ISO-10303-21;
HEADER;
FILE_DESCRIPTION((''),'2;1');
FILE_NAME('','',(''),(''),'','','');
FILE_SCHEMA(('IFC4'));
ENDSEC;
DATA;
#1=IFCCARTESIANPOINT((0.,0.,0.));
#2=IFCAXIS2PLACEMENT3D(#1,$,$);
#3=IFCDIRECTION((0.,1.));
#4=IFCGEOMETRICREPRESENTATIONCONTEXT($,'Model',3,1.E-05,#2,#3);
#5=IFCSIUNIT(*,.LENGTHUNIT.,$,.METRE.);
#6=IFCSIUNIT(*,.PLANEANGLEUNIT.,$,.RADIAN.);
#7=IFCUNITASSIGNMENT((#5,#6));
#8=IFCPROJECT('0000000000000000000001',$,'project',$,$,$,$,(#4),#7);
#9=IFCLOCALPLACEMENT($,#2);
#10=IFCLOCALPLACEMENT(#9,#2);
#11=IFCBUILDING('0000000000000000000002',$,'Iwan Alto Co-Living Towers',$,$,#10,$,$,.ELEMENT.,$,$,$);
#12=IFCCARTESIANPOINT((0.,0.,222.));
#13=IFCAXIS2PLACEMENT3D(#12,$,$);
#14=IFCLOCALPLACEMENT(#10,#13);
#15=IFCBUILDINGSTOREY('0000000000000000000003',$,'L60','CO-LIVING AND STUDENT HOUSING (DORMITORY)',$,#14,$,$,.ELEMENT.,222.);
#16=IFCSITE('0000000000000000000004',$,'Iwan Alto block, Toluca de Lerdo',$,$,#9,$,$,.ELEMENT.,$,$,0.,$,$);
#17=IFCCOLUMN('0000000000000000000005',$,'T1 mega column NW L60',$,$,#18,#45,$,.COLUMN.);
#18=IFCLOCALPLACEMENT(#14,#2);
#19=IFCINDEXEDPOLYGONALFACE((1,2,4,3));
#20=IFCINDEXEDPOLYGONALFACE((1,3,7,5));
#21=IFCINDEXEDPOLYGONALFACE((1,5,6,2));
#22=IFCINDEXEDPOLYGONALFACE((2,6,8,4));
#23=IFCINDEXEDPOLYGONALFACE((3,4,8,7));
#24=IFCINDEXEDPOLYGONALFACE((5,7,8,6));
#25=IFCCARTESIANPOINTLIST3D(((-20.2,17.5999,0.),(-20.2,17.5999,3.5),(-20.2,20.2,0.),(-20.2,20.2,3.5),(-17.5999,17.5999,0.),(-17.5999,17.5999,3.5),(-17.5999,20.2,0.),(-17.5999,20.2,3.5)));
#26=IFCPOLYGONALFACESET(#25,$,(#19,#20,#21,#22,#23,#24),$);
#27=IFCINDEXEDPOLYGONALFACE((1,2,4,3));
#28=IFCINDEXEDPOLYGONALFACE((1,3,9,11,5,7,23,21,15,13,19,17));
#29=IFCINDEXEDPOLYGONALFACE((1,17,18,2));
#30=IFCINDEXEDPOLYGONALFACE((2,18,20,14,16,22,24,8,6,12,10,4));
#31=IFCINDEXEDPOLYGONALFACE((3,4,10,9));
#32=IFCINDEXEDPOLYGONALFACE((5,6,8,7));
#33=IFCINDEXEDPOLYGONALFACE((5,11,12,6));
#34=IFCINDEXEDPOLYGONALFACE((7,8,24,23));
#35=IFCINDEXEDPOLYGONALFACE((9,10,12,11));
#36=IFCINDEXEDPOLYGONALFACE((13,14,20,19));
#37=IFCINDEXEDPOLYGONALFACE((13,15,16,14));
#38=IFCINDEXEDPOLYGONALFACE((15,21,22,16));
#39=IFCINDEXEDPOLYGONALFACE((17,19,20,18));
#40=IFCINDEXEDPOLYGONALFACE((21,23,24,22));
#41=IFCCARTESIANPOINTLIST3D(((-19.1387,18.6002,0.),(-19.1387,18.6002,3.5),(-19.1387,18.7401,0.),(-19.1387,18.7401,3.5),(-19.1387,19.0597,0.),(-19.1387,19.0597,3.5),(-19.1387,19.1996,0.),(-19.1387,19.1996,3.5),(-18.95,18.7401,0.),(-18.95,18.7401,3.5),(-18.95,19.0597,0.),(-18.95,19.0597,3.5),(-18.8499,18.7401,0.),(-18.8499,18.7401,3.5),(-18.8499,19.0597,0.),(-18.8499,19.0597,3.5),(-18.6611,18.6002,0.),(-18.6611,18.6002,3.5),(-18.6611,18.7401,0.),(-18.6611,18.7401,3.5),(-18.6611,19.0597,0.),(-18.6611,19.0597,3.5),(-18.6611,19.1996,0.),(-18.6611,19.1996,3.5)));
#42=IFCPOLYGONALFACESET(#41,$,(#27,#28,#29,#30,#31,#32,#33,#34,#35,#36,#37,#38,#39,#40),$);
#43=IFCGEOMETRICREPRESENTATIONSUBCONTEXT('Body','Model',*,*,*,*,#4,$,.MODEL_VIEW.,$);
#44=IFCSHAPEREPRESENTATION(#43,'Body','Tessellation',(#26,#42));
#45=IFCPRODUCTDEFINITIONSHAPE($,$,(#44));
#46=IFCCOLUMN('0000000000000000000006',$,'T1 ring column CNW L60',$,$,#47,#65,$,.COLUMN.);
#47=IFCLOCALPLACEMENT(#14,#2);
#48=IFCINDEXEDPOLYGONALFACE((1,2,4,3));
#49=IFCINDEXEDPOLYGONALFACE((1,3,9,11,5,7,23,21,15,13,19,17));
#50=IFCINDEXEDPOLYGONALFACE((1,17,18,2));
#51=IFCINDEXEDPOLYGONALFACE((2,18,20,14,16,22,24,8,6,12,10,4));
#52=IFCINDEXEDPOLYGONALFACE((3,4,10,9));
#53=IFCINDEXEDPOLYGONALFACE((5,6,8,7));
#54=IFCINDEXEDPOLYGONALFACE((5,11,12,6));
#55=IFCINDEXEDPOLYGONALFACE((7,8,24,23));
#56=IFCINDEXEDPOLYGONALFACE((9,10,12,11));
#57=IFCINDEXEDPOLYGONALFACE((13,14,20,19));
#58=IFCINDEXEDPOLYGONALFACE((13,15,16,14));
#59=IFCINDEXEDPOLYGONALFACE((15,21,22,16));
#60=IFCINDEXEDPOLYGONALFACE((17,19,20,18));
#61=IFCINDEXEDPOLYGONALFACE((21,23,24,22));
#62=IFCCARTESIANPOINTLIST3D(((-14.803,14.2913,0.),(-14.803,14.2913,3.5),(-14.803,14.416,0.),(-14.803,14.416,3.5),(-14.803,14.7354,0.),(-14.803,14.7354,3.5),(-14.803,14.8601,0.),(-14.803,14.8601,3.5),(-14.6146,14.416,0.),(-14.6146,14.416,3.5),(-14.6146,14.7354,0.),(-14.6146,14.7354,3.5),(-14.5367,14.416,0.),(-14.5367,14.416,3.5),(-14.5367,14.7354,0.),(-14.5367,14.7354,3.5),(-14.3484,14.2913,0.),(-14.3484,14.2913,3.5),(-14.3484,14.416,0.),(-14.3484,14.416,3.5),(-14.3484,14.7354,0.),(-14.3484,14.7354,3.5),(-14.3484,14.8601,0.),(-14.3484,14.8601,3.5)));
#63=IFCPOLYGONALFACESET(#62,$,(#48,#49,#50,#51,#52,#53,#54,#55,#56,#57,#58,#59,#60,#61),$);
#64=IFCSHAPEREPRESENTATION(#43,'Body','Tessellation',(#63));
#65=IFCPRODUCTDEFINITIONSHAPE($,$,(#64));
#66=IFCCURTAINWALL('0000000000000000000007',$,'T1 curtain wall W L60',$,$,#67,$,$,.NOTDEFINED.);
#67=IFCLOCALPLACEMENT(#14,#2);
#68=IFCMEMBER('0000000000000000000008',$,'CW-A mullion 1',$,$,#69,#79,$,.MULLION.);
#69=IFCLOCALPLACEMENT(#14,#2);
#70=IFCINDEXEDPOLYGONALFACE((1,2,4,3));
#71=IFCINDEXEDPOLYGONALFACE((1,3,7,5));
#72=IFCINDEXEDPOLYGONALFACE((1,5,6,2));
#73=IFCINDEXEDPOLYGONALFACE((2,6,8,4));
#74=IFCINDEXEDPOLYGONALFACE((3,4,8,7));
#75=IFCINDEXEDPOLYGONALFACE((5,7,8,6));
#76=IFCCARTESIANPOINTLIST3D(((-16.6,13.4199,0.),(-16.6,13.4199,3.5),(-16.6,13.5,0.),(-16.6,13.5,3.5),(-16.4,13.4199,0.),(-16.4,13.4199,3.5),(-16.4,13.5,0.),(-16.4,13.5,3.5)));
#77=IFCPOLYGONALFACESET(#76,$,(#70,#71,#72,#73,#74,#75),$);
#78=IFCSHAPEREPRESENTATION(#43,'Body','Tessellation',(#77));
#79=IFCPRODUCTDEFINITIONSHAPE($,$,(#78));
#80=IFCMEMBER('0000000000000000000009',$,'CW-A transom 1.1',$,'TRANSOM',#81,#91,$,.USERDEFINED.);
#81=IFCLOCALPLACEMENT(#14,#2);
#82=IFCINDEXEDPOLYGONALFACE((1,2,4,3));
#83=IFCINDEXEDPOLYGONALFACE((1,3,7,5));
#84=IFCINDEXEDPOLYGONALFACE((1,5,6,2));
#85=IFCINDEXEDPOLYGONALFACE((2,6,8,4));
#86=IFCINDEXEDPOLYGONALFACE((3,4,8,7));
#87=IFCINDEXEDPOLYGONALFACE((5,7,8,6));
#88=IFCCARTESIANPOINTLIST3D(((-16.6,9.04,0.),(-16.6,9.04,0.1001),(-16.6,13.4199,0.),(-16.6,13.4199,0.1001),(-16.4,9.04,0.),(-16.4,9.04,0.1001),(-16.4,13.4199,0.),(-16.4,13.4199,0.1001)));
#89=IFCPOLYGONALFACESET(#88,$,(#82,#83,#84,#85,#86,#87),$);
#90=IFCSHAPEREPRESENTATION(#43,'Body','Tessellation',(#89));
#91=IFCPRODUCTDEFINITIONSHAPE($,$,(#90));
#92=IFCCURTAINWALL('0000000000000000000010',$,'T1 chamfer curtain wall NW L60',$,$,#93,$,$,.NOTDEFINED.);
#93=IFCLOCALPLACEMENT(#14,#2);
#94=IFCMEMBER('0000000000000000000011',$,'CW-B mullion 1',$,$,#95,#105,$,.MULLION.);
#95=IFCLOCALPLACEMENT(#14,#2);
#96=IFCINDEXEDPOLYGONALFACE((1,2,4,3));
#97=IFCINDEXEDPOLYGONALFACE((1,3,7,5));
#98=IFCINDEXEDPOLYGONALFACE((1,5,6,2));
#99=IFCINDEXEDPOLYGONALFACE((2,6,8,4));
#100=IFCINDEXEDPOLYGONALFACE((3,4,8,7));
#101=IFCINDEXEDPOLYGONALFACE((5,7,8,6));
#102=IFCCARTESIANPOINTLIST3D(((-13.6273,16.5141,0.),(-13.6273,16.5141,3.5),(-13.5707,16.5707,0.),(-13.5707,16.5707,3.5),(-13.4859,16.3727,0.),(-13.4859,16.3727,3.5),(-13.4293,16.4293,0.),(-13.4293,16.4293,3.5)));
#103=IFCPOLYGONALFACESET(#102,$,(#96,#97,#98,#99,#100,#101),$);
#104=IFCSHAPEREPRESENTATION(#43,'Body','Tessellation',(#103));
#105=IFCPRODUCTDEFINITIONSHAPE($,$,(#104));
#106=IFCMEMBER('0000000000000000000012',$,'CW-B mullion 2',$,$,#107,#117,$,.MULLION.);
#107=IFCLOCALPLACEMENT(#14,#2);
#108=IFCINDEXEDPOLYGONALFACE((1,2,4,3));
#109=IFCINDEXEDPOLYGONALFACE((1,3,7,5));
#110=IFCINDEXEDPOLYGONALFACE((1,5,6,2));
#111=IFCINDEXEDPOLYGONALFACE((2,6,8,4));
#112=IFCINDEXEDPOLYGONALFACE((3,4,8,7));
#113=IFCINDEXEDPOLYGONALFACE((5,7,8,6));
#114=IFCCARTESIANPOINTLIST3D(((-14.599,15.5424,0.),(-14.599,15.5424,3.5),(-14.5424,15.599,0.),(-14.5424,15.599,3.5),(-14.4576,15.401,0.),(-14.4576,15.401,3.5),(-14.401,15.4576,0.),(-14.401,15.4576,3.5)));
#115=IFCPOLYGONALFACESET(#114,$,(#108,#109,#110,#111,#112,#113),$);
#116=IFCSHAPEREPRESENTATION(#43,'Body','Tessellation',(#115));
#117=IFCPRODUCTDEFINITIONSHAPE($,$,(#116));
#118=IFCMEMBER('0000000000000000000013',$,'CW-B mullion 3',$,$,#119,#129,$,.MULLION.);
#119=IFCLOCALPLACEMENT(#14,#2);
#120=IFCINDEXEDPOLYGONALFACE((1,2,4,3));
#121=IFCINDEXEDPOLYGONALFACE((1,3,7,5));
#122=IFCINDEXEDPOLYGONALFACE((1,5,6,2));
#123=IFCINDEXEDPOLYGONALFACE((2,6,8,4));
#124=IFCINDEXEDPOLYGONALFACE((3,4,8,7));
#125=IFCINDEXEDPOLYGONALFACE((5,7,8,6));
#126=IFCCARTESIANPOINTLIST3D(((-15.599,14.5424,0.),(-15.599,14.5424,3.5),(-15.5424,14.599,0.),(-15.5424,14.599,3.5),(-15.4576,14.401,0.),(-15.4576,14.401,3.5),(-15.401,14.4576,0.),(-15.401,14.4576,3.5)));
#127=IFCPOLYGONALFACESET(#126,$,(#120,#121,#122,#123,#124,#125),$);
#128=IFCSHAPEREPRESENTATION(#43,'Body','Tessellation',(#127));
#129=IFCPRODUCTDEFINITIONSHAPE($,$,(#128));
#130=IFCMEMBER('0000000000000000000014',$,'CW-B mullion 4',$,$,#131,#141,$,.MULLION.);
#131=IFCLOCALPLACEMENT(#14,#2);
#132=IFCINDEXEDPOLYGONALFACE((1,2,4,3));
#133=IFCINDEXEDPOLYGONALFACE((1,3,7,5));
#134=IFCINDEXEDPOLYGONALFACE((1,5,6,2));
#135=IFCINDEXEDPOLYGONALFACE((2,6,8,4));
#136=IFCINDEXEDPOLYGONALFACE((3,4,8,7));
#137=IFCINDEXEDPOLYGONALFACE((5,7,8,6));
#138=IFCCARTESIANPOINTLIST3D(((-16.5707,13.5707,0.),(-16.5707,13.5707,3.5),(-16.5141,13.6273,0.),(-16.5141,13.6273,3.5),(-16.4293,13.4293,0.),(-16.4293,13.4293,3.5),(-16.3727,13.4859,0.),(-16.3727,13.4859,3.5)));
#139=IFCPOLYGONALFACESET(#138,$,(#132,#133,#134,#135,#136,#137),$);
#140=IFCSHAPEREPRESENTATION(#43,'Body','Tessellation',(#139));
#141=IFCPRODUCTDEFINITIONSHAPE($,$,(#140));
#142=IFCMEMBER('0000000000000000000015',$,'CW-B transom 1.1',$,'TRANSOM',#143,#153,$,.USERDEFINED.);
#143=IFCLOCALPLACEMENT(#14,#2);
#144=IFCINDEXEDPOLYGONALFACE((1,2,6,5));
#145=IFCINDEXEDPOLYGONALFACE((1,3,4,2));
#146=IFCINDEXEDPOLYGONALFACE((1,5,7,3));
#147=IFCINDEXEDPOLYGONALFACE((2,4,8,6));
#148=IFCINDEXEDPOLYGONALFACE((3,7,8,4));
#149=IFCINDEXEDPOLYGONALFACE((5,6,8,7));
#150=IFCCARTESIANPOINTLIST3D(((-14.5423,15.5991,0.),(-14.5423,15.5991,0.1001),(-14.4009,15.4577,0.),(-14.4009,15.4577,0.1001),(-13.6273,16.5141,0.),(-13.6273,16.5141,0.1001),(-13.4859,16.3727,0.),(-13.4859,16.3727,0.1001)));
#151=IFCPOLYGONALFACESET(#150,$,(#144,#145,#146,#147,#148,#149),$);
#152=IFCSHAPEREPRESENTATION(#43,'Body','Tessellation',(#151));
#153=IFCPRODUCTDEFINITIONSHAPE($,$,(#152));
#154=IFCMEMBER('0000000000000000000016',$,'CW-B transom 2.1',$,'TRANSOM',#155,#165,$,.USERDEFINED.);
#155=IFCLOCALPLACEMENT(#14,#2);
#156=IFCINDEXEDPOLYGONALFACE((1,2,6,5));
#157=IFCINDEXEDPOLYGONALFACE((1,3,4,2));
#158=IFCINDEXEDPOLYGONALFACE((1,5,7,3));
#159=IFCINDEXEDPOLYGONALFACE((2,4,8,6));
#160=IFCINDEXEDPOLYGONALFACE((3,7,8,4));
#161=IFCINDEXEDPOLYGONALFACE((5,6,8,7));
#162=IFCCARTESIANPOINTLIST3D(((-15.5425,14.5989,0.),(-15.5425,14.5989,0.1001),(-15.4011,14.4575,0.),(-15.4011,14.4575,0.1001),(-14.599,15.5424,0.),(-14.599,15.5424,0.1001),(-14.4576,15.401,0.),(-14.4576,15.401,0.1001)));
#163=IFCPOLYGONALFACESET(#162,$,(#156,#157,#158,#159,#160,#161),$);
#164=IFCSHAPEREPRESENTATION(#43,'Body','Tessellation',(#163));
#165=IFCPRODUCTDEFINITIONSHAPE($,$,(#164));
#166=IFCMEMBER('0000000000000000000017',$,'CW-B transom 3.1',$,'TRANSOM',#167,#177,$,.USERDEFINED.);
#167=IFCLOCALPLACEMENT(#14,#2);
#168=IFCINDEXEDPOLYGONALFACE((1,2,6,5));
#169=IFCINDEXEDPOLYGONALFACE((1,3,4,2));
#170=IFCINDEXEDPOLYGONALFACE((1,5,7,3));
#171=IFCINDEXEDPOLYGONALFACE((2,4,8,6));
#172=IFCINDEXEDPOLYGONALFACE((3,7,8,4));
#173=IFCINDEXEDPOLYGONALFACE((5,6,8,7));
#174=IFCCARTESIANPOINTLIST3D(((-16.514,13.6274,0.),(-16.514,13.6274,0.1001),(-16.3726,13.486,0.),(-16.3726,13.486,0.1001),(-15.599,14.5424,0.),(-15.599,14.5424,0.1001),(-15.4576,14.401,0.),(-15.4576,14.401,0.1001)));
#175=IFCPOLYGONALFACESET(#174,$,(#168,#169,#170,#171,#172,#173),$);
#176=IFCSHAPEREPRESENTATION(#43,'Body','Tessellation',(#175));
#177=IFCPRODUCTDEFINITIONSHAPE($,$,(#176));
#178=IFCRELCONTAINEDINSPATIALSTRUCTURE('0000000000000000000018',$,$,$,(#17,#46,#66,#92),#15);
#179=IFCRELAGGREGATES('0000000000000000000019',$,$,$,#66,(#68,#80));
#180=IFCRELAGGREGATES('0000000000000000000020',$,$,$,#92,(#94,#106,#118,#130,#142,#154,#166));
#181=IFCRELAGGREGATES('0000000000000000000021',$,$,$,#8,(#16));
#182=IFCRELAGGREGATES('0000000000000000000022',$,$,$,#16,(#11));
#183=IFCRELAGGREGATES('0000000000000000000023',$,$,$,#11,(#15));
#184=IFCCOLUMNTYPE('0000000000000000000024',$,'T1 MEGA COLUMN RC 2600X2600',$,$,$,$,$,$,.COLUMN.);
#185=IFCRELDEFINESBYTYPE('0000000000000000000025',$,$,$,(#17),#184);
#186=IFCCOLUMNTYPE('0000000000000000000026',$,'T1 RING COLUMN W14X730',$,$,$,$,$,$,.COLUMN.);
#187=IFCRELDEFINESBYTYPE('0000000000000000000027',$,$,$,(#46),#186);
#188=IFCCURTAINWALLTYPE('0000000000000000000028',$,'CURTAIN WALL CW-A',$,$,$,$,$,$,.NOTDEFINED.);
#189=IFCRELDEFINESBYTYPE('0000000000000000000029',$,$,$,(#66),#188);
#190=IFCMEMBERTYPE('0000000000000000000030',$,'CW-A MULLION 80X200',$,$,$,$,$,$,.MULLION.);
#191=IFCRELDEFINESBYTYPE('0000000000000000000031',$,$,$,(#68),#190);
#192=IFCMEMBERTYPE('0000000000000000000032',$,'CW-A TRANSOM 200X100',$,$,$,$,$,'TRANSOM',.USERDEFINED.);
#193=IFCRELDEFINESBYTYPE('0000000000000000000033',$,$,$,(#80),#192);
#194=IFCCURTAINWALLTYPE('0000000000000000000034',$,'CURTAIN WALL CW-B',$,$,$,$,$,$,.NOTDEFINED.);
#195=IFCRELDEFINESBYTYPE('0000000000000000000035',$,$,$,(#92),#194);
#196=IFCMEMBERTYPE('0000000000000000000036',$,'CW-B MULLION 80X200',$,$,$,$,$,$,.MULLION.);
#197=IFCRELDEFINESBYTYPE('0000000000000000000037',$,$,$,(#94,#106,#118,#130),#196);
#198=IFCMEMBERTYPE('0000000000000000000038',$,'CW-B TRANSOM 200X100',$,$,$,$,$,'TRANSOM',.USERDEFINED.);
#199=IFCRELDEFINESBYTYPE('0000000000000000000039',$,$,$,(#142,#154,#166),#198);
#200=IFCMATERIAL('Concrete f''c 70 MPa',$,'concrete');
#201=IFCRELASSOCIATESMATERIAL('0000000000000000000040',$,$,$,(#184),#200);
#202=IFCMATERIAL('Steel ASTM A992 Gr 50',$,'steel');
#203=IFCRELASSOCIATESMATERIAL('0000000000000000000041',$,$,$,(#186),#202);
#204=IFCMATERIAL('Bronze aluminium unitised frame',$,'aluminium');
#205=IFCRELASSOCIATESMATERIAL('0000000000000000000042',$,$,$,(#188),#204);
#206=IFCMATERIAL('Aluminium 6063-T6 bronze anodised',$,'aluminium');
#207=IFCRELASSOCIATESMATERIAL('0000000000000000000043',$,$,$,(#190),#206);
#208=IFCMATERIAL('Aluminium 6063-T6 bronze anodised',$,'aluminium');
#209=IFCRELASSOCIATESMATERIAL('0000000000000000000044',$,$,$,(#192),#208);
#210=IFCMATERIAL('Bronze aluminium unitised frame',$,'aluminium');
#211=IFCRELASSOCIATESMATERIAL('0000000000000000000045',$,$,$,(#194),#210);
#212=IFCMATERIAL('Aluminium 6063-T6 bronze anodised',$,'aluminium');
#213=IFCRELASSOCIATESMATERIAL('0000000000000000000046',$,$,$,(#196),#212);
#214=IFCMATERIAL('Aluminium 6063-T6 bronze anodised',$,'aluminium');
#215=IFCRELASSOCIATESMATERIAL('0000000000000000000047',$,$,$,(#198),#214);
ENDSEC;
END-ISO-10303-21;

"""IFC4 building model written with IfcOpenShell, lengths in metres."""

from ifc_helpers import new_model, si_unit, direction, frame, origin, origin_2d, place, context, subcontext, project, spatial, rectangle, i_section, extrude, material, material_profile, profile_set, type_object, element, aggregate, save


model = new_model("IFC4")

# Units and contexts
model_context = context("Model", 3, precision=1e-05, world=origin(), true_north=direction((0.0, 1.0)))
body_context = subcontext(model_context, "Body", "Model", "MODEL_VIEW")
ifc_project = project(units=[si_unit("LENGTHUNIT", "METRE"), si_unit("PLANEANGLEUNIT", "RADIAN")], contexts=[model_context])

# Site, building, storey
site_placement = place(None, origin())
site = spatial("IfcSite", under=ifc_project, at=site_placement, Name="Iwan Alto block, Toluca de Lerdo", CompositionType="ELEMENT", RefElevation=0.0)
building_placement = place(site_placement, origin())
building = spatial("IfcBuilding", under=site, at=building_placement, Name="Iwan Alto Co-Living Towers", CompositionType="ELEMENT")
storey_placement = place(building_placement, frame((0.0, 0.0, 222.0)))
storey = spatial("IfcBuildingStorey", under=building, at=storey_placement, Name="L60", Description="CO-LIVING AND STUDENT HOUSING (DORMITORY)", CompositionType="ELEMENT", Elevation=222.0)

# Columns
ifc_material_1 = material(Name="Concrete f'c 70 MPa", Category="concrete")
ifc_material_profile_1 = material_profile(ifc_material_1, rectangle(XDim=2.6001, YDim=2.6001, at=origin_2d()), Name="RC 2600X2600")
ifc_profile_set_1 = profile_set([ifc_material_profile_1], Name="Concrete f'c 70 MPa")
column_type_1 = type_object("IfcColumnType", Name="T1 MEGA COLUMN RC 2600X2600", PredefinedType="COLUMN", material=ifc_profile_set_1)
column_1_placement = place(storey_placement, frame((-18.8999, 18.8999, 0.0), z_axis=(0.0, 0.0, 1.0), x_axis=(1.0, 0.0, 0.0)))
element("IfcColumn", 1, at=column_1_placement, inside=storey, type_object=column_type_1, Name="T1 mega column NW L60", PredefinedType="COLUMN", context=body_context, shape_type="SweptSolid", body=[
    extrude(rectangle(XDim=2.6001, YDim=2.6001, at=origin_2d()), origin(), (0.0, 0.0, 1.0), 3.5),
    extrude(i_section(OverallWidth=0.4775, OverallDepth=0.5994, WebThickness=0.1001, FlangeThickness=0.1399, at=origin_2d()), origin(), (0.0, 0.0, 1.0), 3.5),
])
ifc_material_2 = material(Name="Steel ASTM A992 Gr 50", Category="steel")
ifc_material_profile_2 = material_profile(ifc_material_2, i_section(OverallWidth=0.4546, OverallDepth=0.5688, WebThickness=0.0779, FlangeThickness=0.1248, at=origin_2d()), Name="W14X730")
ifc_profile_set_2 = profile_set([ifc_material_profile_2], Name="Steel ASTM A992 Gr 50")
column_type_2 = type_object("IfcColumnType", Name="T1 RING COLUMN W14X730", PredefinedType="COLUMN", material=ifc_profile_set_2)
column_2_placement = place(storey_placement, frame((-14.5757, 14.5757, 0.0), z_axis=(0.0, 0.0, 1.0), x_axis=(1.0, 0.0, 0.0)))
element("IfcColumn", 2, at=column_2_placement, inside=storey, type_object=column_type_2, Name="T1 ring column CNW L60", PredefinedType="COLUMN", context=body_context, shape_type="SweptSolid", body=[
    extrude(i_section(OverallWidth=0.4546, OverallDepth=0.5688, WebThickness=0.0779, FlangeThickness=0.1248, at=origin_2d()), origin(), (0.0, 0.0, 1.0), 3.5),
])

# Curtain walls, members
ifc_material_3 = material(Name="Bronze aluminium unitised frame", Category="aluminium")
curtain_wall_type_1 = type_object("IfcCurtainWallType", Name="CURTAIN WALL CW-A", PredefinedType="NOTDEFINED", material=ifc_material_3)
curtain_wall_1_placement = place(storey_placement, origin())
curtain_wall_1 = element("IfcCurtainWall", 3, at=curtain_wall_1_placement, inside=storey, type_object=curtain_wall_type_1, Name="T1 curtain wall W L60", PredefinedType="NOTDEFINED")
ifc_material_4 = material(Name="Aluminium 6063-T6 bronze anodised", Category="aluminium")
ifc_material_profile_3 = material_profile(ifc_material_4, rectangle(XDim=0.2, YDim=0.0801, at=origin_2d()), Name="AL 80X200")
ifc_profile_set_3 = profile_set([ifc_material_profile_3], Name="Aluminium 6063-T6 bronze anodised")
member_type_1 = type_object("IfcMemberType", Name="CW-A MULLION 80X200", PredefinedType="MULLION", material=ifc_profile_set_3)
member_1_placement = place(storey_placement, frame((-16.5, 13.46, 0.0), z_axis=(0.0, 0.0, 1.0), x_axis=(1.0, 0.0, 0.0)))
member_1 = element("IfcMember", 4, at=member_1_placement, type_object=member_type_1, Name="CW-A mullion 1", PredefinedType="MULLION", context=body_context, shape_type="SweptSolid", body=[
    extrude(rectangle(XDim=0.2, YDim=0.0801, at=origin_2d()), origin(), (0.0, 0.0, 1.0), 3.5),
])
ifc_material_5 = material(Name="Aluminium 6063-T6 bronze anodised", Category="aluminium")
ifc_material_profile_4 = material_profile(ifc_material_5, rectangle(XDim=0.2, YDim=0.1001, at=origin_2d()), Name="AL 200X100")
ifc_profile_set_4 = profile_set([ifc_material_profile_4], Name="Aluminium 6063-T6 bronze anodised")
member_type_2 = type_object("IfcMemberType", Name="CW-A TRANSOM 200X100", ElementType="TRANSOM", PredefinedType="USERDEFINED", material=ifc_profile_set_4)
member_2_placement = place(storey_placement, frame((-16.5, 13.4199, 0.05), z_axis=(0.0, -1.0, 0.0), x_axis=(1.0, 0.0, 0.0)))
member_2 = element("IfcMember", 5, at=member_2_placement, type_object=member_type_2, Name="CW-A transom 1.1", ObjectType="TRANSOM", PredefinedType="USERDEFINED", context=body_context, shape_type="SweptSolid", body=[
    extrude(rectangle(XDim=0.2, YDim=0.1001, at=origin_2d()), origin(), (0.0, 0.0, 1.0), 4.3799),
])
ifc_material_6 = material(Name="Bronze aluminium unitised frame", Category="aluminium")
curtain_wall_type_2 = type_object("IfcCurtainWallType", Name="CURTAIN WALL CW-B", PredefinedType="NOTDEFINED", material=ifc_material_6)
curtain_wall_2_placement = place(storey_placement, origin())
curtain_wall_2 = element("IfcCurtainWall", 6, at=curtain_wall_2_placement, inside=storey, type_object=curtain_wall_type_2, Name="T1 chamfer curtain wall NW L60", PredefinedType="NOTDEFINED")
ifc_material_7 = material(Name="Aluminium 6063-T6 bronze anodised", Category="aluminium")
ifc_material_profile_5 = material_profile(ifc_material_7, rectangle(XDim=0.2, YDim=0.0801, at=origin_2d()), Name="AL 80X200")
ifc_profile_set_5 = profile_set([ifc_material_profile_5], Name="Aluminium 6063-T6 bronze anodised")
member_type_3 = type_object("IfcMemberType", Name="CW-B MULLION 80X200", PredefinedType="MULLION", material=ifc_profile_set_5)
member_3_placement = place(storey_placement, frame((-13.5283, 16.4717, 0.0), z_axis=(0.0, 0.0, 1.0), x_axis=(0.707107, -0.707107, 0.0)))
member_3 = element("IfcMember", 7, at=member_3_placement, type_object=member_type_3, Name="CW-B mullion 1", PredefinedType="MULLION", context=body_context, shape_type="SweptSolid", body=[
    extrude(rectangle(XDim=0.2, YDim=0.0801, at=origin_2d()), origin(), (0.0, 0.0, 1.0), 3.5),
])
member_4_placement = place(storey_placement, frame((-14.5, 15.5, 0.0), z_axis=(0.0, 0.0, 1.0), x_axis=(0.707107, -0.707107, 0.0)))
member_4 = element("IfcMember", 8, at=member_4_placement, type_object=member_type_3, Name="CW-B mullion 2", PredefinedType="MULLION", context=body_context, shape_type="SweptSolid", body=[
    extrude(rectangle(XDim=0.2, YDim=0.0801, at=origin_2d()), origin(), (0.0, 0.0, 1.0), 3.5),
])
member_5_placement = place(storey_placement, frame((-15.5, 14.5, 0.0), z_axis=(0.0, 0.0, 1.0), x_axis=(0.707107, -0.707107, 0.0)))
member_5 = element("IfcMember", 9, at=member_5_placement, type_object=member_type_3, Name="CW-B mullion 3", PredefinedType="MULLION", context=body_context, shape_type="SweptSolid", body=[
    extrude(rectangle(XDim=0.2, YDim=0.0801, at=origin_2d()), origin(), (0.0, 0.0, 1.0), 3.5),
])
member_6_placement = place(storey_placement, frame((-16.4717, 13.5283, 0.0), z_axis=(0.0, 0.0, 1.0), x_axis=(0.707107, -0.707107, 0.0)))
member_6 = element("IfcMember", 10, at=member_6_placement, type_object=member_type_3, Name="CW-B mullion 4", PredefinedType="MULLION", context=body_context, shape_type="SweptSolid", body=[
    extrude(rectangle(XDim=0.2, YDim=0.0801, at=origin_2d()), origin(), (0.0, 0.0, 1.0), 3.5),
])
ifc_material_8 = material(Name="Aluminium 6063-T6 bronze anodised", Category="aluminium")
ifc_material_profile_6 = material_profile(ifc_material_8, rectangle(XDim=0.2, YDim=0.1001, at=origin_2d()), Name="AL 200X100")
ifc_profile_set_6 = profile_set([ifc_material_profile_6], Name="Aluminium 6063-T6 bronze anodised")
member_type_4 = type_object("IfcMemberType", Name="CW-B TRANSOM 200X100", ElementType="TRANSOM", PredefinedType="USERDEFINED", material=ifc_profile_set_6)
member_7_placement = place(storey_placement, frame((-13.5566, 16.4434, 0.05), z_axis=(-0.707107, -0.707107, 0.0), x_axis=(0.707107, -0.707107, 0.0)))
member_7 = element("IfcMember", 11, at=member_7_placement, type_object=member_type_4, Name="CW-B transom 1.1", ObjectType="TRANSOM", PredefinedType="USERDEFINED", context=body_context, shape_type="SweptSolid", body=[
    extrude(rectangle(XDim=0.2, YDim=0.1001, at=origin_2d()), origin(), (0.0, 0.0, 1.0), 1.2939),
])
member_8_placement = place(storey_placement, frame((-14.5283, 15.4717, 0.05), z_axis=(-0.707107, -0.707107, 0.0), x_axis=(0.707107, -0.707107, 0.0)))
member_8 = element("IfcMember", 12, at=member_8_placement, type_object=member_type_4, Name="CW-B transom 2.1", ObjectType="TRANSOM", PredefinedType="USERDEFINED", context=body_context, shape_type="SweptSolid", body=[
    extrude(rectangle(XDim=0.2, YDim=0.1001, at=origin_2d()), origin(), (0.0, 0.0, 1.0), 1.3342),
])
member_9_placement = place(storey_placement, frame((-15.5283, 14.4717, 0.05), z_axis=(-0.707107, -0.707107, 0.0), x_axis=(0.707107, -0.707107, 0.0)))
member_9 = element("IfcMember", 13, at=member_9_placement, type_object=member_type_4, Name="CW-B transom 3.1", ObjectType="TRANSOM", PredefinedType="USERDEFINED", context=body_context, shape_type="SweptSolid", body=[
    extrude(rectangle(XDim=0.2, YDim=0.1001, at=origin_2d()), origin(), (0.0, 0.0, 1.0), 1.2939),
])

aggregate(curtain_wall_1, [member_1, member_2])
aggregate(curtain_wall_2, [member_3, member_4, member_5, member_6, member_7, member_8, member_9])

save(model, "model.ifc")
